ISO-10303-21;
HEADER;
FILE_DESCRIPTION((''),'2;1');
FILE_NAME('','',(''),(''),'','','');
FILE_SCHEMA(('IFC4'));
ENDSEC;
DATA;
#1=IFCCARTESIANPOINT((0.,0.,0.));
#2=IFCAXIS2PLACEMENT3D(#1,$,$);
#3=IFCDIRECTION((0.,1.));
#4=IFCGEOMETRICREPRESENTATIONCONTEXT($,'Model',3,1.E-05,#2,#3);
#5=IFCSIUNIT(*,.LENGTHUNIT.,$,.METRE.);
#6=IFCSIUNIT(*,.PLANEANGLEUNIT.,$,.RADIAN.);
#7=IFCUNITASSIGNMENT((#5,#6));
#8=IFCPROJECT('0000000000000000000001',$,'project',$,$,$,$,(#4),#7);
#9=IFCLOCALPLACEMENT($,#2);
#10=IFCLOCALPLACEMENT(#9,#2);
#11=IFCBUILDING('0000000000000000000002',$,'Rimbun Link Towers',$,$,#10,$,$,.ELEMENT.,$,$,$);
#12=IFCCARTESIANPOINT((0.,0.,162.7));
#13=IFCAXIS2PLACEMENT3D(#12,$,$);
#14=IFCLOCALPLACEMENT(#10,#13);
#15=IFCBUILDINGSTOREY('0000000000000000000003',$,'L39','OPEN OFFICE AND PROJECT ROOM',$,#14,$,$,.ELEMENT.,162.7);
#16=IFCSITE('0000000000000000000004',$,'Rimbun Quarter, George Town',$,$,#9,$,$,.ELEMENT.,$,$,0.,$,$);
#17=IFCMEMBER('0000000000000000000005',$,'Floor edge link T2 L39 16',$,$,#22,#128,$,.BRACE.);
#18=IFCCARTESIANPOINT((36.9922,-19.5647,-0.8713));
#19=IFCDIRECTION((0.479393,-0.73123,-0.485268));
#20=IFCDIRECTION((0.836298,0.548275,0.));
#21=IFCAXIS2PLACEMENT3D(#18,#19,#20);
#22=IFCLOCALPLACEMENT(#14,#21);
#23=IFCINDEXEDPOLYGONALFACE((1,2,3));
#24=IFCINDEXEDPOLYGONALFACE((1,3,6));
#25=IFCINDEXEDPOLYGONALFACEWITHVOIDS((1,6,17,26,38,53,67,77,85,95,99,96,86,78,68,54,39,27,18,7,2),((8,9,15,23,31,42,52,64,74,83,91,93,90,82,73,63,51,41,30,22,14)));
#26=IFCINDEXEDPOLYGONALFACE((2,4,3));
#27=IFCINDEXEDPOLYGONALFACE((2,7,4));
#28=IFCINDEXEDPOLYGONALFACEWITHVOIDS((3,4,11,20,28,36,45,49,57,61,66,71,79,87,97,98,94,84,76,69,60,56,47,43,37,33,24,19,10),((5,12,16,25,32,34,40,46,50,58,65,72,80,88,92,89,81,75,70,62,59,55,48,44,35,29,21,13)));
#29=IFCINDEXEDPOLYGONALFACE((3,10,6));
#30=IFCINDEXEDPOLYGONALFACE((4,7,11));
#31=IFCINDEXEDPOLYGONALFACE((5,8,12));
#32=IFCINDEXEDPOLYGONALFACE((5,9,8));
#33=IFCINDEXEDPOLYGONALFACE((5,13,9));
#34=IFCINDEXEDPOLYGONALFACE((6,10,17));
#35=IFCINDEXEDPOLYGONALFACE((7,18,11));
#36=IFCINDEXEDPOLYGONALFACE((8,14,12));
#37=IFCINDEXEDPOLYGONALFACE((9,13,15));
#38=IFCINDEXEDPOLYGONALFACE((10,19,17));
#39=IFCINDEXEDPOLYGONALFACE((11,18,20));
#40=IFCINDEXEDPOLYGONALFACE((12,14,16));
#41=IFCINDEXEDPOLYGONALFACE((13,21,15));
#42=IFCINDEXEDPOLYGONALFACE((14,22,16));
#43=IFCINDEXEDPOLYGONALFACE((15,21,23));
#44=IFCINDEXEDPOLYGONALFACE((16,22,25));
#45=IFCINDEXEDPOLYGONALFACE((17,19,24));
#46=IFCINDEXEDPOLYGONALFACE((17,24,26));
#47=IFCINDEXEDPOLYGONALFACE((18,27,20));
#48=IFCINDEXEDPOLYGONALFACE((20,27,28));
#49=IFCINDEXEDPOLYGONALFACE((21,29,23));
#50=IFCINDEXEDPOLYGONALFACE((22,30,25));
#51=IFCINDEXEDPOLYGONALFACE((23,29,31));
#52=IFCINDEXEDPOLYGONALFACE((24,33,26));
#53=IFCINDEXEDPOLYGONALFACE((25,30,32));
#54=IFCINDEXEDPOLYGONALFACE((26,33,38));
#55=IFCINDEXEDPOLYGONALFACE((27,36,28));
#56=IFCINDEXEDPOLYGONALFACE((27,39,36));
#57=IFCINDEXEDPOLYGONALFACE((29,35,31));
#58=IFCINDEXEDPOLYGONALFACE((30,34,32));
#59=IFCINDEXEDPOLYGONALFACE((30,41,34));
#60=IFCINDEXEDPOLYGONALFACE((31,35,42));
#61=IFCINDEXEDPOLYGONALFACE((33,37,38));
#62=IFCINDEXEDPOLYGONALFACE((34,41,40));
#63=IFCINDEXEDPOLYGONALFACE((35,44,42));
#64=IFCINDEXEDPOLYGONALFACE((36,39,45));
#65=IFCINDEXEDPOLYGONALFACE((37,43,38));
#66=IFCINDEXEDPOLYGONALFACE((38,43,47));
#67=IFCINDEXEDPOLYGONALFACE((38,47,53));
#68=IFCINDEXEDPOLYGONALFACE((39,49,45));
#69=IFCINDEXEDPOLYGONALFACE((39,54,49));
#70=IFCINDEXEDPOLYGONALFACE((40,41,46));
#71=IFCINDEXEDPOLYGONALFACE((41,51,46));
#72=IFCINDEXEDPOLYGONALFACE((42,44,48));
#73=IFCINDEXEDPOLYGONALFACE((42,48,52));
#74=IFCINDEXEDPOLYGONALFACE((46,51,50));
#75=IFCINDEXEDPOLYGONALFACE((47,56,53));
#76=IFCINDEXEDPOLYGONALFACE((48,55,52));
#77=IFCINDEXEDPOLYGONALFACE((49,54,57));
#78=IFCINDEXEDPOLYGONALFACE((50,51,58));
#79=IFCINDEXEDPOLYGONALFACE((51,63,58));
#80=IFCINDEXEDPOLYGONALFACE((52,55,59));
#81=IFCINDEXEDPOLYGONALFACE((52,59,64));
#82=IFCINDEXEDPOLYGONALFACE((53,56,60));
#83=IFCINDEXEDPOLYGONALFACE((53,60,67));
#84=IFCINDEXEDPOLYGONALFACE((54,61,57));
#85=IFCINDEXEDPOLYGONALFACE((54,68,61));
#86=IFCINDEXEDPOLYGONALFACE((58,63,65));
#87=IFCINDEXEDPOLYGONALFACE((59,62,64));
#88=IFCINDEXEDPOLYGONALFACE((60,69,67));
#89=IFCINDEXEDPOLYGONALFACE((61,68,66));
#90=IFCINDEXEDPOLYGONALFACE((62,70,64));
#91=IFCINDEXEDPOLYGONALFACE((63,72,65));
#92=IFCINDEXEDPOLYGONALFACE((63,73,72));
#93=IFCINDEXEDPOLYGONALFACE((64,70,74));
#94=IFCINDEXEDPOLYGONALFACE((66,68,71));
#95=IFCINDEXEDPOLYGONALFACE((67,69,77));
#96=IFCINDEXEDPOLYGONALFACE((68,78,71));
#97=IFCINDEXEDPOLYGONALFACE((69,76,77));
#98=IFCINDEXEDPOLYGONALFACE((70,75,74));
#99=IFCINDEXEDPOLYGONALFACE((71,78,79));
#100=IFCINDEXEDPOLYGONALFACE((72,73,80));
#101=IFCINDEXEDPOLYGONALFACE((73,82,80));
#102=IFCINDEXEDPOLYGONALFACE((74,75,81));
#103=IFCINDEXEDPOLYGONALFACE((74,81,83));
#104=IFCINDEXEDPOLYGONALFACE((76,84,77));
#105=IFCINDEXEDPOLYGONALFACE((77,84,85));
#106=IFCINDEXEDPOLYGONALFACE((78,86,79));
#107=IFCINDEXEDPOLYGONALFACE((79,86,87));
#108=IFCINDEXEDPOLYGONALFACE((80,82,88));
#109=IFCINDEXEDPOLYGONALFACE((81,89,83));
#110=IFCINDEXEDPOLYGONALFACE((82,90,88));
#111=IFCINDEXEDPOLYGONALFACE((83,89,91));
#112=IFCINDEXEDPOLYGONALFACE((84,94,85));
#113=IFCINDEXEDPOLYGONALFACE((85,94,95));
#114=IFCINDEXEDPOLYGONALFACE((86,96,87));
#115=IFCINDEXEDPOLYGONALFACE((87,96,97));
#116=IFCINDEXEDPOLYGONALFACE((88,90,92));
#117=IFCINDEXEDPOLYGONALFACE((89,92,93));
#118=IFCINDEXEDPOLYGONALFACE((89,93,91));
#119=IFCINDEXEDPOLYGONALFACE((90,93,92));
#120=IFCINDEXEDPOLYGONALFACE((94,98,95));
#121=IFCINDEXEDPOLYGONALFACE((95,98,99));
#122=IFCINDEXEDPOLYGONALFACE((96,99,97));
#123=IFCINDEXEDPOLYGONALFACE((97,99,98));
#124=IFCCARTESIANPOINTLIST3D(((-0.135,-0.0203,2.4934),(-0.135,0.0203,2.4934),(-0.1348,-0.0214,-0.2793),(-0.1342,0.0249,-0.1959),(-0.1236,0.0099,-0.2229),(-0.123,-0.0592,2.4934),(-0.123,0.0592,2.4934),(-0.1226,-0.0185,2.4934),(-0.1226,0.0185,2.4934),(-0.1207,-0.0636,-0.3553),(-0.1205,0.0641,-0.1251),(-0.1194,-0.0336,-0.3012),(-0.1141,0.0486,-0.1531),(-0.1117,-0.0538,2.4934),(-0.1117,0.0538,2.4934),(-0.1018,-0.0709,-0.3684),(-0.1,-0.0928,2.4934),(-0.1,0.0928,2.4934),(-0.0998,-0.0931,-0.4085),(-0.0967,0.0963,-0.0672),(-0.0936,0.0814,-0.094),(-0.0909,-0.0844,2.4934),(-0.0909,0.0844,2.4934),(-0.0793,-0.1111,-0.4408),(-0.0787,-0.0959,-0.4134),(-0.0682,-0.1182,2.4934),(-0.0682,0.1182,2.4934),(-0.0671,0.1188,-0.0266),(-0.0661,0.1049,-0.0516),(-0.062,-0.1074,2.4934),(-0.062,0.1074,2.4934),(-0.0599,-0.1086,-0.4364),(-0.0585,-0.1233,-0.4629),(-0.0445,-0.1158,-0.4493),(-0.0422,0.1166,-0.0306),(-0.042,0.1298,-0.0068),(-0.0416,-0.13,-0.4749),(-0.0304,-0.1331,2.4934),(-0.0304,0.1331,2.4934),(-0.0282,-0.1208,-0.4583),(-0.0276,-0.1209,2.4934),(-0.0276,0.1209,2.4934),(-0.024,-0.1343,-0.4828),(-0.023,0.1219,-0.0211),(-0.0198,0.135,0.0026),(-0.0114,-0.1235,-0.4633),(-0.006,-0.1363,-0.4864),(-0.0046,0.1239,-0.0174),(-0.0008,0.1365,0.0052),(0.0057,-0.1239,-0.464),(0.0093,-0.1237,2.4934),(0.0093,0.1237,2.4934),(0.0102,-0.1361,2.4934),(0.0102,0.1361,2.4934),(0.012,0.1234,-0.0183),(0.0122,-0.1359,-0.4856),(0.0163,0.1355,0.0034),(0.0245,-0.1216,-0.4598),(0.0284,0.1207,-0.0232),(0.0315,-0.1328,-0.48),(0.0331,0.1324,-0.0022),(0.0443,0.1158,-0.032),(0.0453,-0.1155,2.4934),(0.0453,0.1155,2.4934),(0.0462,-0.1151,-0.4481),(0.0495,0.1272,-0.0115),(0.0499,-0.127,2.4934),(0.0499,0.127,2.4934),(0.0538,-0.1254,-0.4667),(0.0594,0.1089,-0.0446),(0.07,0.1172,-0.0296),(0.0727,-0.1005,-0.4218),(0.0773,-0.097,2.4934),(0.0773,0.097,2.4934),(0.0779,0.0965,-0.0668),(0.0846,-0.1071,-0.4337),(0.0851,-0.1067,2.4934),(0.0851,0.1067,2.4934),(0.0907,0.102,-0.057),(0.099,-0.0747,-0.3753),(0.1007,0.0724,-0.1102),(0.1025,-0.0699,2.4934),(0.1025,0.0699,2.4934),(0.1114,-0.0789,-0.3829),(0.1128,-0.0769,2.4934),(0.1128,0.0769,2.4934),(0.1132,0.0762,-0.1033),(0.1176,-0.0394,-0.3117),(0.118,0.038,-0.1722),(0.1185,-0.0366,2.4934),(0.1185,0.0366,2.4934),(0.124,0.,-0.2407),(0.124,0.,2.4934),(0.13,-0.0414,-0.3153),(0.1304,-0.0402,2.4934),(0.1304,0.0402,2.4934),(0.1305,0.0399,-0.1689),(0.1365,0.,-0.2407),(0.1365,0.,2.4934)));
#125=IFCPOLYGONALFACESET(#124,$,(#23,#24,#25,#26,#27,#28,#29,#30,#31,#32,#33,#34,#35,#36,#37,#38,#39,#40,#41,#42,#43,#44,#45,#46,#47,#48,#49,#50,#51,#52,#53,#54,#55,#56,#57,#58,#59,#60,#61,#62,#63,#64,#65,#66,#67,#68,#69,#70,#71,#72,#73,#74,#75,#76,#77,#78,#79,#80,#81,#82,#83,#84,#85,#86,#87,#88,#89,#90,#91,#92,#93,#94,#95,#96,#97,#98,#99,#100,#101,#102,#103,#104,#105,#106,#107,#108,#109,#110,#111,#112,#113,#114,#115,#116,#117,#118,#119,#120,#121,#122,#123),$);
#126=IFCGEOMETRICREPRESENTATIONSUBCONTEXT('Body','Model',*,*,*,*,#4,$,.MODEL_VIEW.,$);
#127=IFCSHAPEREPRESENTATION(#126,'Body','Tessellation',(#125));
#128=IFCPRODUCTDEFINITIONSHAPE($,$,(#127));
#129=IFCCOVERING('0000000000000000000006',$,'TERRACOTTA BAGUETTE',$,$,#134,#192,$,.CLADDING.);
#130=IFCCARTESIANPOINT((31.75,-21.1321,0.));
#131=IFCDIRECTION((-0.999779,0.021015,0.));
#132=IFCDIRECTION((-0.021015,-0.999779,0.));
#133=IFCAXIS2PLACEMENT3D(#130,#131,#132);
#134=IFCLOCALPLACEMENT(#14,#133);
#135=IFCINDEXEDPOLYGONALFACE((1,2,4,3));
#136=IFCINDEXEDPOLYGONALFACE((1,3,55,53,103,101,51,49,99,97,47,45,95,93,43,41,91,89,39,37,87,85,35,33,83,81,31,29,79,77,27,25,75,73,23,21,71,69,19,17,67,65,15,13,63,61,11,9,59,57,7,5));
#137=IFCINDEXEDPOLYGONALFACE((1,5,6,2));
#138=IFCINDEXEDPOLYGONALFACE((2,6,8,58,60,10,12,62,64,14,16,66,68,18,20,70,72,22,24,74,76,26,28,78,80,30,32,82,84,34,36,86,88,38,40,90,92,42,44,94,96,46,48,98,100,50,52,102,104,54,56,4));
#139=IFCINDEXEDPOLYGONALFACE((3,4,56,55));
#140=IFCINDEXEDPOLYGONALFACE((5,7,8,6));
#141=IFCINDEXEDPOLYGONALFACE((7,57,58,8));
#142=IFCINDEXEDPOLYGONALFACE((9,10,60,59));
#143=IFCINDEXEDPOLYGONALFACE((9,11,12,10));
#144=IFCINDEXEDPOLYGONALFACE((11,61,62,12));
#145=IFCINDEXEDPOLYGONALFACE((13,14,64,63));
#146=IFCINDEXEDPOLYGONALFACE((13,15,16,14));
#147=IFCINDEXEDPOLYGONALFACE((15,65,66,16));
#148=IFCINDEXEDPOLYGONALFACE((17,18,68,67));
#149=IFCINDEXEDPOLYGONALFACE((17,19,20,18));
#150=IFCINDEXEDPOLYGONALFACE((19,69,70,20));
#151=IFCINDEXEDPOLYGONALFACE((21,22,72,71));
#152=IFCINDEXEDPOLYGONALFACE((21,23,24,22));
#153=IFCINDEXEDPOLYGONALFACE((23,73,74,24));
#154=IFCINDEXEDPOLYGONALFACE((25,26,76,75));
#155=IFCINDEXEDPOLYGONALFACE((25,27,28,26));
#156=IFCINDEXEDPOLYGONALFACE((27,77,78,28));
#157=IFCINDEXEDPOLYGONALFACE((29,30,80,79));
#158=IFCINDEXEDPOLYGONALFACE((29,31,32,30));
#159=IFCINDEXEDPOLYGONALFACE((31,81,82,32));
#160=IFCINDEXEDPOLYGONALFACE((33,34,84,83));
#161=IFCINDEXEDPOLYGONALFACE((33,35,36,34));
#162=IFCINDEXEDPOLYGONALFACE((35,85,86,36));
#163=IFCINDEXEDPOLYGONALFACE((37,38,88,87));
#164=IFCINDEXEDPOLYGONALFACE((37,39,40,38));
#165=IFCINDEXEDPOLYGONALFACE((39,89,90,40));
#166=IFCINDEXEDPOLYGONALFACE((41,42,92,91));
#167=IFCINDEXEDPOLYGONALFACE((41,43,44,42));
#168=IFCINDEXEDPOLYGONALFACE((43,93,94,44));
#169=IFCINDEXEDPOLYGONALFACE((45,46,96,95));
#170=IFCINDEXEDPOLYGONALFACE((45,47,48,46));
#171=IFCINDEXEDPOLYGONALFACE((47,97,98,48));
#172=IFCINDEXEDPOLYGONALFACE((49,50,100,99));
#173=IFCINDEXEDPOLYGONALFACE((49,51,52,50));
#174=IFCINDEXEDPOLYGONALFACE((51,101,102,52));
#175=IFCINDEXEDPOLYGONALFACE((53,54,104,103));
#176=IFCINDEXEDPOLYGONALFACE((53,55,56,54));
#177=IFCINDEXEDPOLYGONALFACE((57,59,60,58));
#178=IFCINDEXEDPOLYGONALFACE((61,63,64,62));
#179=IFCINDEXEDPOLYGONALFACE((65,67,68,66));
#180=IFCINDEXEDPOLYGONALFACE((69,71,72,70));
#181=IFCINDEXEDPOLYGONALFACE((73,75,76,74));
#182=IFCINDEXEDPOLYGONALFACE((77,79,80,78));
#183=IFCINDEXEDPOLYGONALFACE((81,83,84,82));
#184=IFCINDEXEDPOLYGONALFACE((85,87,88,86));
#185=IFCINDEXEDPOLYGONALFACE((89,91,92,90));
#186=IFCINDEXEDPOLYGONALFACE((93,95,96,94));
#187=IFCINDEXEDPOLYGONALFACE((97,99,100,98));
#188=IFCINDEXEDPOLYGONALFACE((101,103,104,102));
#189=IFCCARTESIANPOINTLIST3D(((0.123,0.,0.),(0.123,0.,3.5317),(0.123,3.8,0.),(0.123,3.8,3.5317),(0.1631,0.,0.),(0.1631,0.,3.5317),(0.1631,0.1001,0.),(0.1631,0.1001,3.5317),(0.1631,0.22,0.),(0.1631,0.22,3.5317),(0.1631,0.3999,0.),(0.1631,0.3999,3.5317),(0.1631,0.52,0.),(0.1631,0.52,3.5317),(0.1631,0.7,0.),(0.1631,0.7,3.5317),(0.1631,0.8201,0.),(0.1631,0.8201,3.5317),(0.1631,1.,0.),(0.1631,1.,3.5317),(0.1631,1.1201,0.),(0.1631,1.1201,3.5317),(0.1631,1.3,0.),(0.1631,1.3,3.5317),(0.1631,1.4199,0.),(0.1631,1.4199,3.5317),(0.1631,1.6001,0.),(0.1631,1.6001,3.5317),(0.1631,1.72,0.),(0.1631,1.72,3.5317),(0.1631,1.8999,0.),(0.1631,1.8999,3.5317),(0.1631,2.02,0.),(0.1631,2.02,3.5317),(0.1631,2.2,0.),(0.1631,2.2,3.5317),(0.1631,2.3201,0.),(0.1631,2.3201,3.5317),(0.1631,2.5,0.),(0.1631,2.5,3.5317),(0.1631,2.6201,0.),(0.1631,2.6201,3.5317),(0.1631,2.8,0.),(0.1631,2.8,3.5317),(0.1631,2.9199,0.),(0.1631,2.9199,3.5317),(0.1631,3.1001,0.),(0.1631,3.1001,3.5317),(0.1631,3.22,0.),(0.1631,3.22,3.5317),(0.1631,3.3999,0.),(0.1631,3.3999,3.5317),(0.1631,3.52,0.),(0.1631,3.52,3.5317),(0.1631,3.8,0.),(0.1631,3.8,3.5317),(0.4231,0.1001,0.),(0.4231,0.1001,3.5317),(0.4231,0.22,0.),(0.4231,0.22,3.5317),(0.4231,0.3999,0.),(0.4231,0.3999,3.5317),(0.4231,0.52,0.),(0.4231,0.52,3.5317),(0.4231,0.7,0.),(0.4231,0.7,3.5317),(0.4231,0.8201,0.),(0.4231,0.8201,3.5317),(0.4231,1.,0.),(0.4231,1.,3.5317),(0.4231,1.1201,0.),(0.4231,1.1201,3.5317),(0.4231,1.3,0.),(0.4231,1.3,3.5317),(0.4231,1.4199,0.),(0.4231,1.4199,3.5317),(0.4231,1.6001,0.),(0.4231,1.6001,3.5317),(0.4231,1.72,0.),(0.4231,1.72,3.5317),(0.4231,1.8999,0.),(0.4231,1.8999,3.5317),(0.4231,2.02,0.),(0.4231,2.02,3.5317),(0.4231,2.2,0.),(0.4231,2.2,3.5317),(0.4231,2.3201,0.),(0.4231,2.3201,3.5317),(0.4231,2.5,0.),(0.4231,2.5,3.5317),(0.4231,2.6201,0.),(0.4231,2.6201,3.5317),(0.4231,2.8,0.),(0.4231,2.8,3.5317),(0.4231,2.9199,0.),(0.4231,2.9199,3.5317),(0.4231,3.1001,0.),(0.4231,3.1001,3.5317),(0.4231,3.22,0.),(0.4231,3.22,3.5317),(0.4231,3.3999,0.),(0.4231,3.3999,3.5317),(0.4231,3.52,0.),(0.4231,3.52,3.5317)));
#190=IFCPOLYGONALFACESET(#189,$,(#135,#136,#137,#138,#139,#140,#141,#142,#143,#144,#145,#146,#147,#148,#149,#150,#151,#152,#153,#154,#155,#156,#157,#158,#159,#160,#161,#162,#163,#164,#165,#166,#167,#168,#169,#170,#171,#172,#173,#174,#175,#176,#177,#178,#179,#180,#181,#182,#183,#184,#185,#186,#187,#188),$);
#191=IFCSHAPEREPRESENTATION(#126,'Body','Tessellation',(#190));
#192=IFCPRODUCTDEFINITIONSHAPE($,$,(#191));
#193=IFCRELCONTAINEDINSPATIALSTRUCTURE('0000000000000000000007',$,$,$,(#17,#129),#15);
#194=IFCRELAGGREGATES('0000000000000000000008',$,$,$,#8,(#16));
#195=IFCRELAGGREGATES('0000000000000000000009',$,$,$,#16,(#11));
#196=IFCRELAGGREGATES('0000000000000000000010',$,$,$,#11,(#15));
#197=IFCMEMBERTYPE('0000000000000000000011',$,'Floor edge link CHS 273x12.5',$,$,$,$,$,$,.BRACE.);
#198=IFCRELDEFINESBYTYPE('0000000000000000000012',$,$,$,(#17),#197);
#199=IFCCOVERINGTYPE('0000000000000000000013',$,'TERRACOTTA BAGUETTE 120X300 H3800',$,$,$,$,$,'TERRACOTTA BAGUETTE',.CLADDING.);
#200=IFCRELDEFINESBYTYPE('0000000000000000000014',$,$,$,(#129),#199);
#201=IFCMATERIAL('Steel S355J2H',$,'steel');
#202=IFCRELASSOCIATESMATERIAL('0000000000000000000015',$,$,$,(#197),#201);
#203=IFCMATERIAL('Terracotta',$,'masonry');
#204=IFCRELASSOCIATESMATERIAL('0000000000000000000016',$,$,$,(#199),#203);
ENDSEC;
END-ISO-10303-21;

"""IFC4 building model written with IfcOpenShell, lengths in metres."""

from ifc_helpers import new_model, si_unit, direction, frame, origin, origin_2d, place, context, subcontext, project, spatial, polyline, hollow_circle, outline, extrude, clip, halfspace, material, material_profile, profile_set, type_object, element, save


model = new_model("IFC4")

# Units and contexts
model_context = context("Model", 3, precision=1e-05, world=origin(), true_north=direction((0.0, 1.0)))
body_context = subcontext(model_context, "Body", "Model", "MODEL_VIEW")
ifc_project = project(units=[si_unit("LENGTHUNIT", "METRE"), si_unit("PLANEANGLEUNIT", "RADIAN")], contexts=[model_context])

# Site, building, storey
site_placement = place(None, origin())
site = spatial("IfcSite", under=ifc_project, at=site_placement, Name="Rimbun Quarter, George Town", CompositionType="ELEMENT", RefElevation=0.0)
building_placement = place(site_placement, origin())
building = spatial("IfcBuilding", under=site, at=building_placement, Name="Rimbun Link Towers", CompositionType="ELEMENT")
storey_placement = place(building_placement, frame((0.0, 0.0, 162.7)))
storey = spatial("IfcBuildingStorey", under=building, at=storey_placement, Name="L39", Description="OPEN OFFICE AND PROJECT ROOM", CompositionType="ELEMENT", Elevation=162.7)

# Member
ifc_material_1 = material(Name="Steel S355J2H", Category="steel")
ifc_material_profile_1 = material_profile(ifc_material_1, hollow_circle(Radius=0.1365, WallThickness=0.0125, at=origin_2d()), Name="CHS 273x12.5")
ifc_profile_set_1 = profile_set([ifc_material_profile_1], Name="Steel S355J2H")
member_type_1 = type_object("IfcMemberType", Name="Floor edge link CHS 273x12.5", PredefinedType="BRACE", material=ifc_profile_set_1)
member_1_placement = place(storey_placement, frame((36.9922, -19.5647, -0.8713), z_axis=(0.479393, -0.73123, -0.485268), x_axis=(0.836298, 0.548275, 0.0)))
element("IfcMember", 1, at=member_1_placement, inside=storey, type_object=member_type_1, Name="Floor edge link T2 L39 16", PredefinedType="BRACE", context=body_context, shape_type="Clipping", body=[
    clip(extrude(hollow_circle(Radius=0.1365, WallThickness=0.0125, at=origin_2d()), frame((0.0, 0.0, -0.5125)), (0.0, 0.0, 1.0), 3.0059), halfspace(frame((0.0, 0.0, -0.2407), z_axis=(0.0, 0.874366, -0.485268)), False)),
])

# Covering
ifc_material_2 = material(Name="Terracotta", Category="masonry")
ifc_material_profile_2 = material_profile(ifc_material_2, outline(polyline([(0.123, 0.0), (0.1631, 0.0), (0.1631, 0.1001), (0.4231, 0.1001), (0.4231, 0.22), (0.1631, 0.22), (0.1631, 0.3999), (0.4231, 0.3999), (0.4231, 0.52), (0.1631, 0.52), (0.1631, 0.7), (0.4231, 0.7), (0.4231, 0.8201), (0.1631, 0.8201), (0.1631, 1.0), (0.4231, 1.0), (0.4231, 1.1201), (0.1631, 1.1201), (0.1631, 1.3), (0.4231, 1.3), (0.4231, 1.4199), (0.1631, 1.4199), (0.1631, 1.6001), (0.4231, 1.6001), (0.4231, 1.72), (0.1631, 1.72), (0.1631, 1.8999), (0.4231, 1.8999), (0.4231, 2.02), (0.1631, 2.02), (0.1631, 2.2), (0.4231, 2.2), (0.4231, 2.3201), (0.1631, 2.3201), (0.1631, 2.5), (0.4231, 2.5), (0.4231, 2.6201), (0.1631, 2.6201), (0.1631, 2.8), (0.4231, 2.8), (0.4231, 2.9199), (0.1631, 2.9199), (0.1631, 3.1001), (0.4231, 3.1001), (0.4231, 3.22), (0.1631, 3.22), (0.1631, 3.3999), (0.4231, 3.3999), (0.4231, 3.52), (0.1631, 3.52), (0.1631, 3.8), (0.123, 3.8), (0.123, 0.0)])), Name="BAGUETTE 120X300")
ifc_profile_set_2 = profile_set([ifc_material_profile_2], Name="Terracotta")
covering_type = type_object("IfcCoveringType", Name="TERRACOTTA BAGUETTE 120X300 H3800", ElementType="TERRACOTTA BAGUETTE", PredefinedType="CLADDING", material=ifc_profile_set_2)
covering_1_placement = place(storey_placement, frame((31.75, -21.1321, 0.0), z_axis=(-0.999779, 0.021015, 0.0), x_axis=(-0.021015, -0.999779, 0.0)))
element("IfcCovering", 2, at=covering_1_placement, inside=storey, type_object=covering_type, Name="TERRACOTTA BAGUETTE", PredefinedType="CLADDING", context=body_context, shape_type="SweptSolid", body=[
    extrude(outline(polyline([(0.123, 0.0), (0.1631, 0.0), (0.1631, 0.1001), (0.4231, 0.1001), (0.4231, 0.22), (0.1631, 0.22), (0.1631, 0.3999), (0.4231, 0.3999), (0.4231, 0.52), (0.1631, 0.52), (0.1631, 0.7), (0.4231, 0.7), (0.4231, 0.8201), (0.1631, 0.8201), (0.1631, 1.0), (0.4231, 1.0), (0.4231, 1.1201), (0.1631, 1.1201), (0.1631, 1.3), (0.4231, 1.3), (0.4231, 1.4199), (0.1631, 1.4199), (0.1631, 1.6001), (0.4231, 1.6001), (0.4231, 1.72), (0.1631, 1.72), (0.1631, 1.8999), (0.4231, 1.8999), (0.4231, 2.02), (0.1631, 2.02), (0.1631, 2.2), (0.4231, 2.2), (0.4231, 2.3201), (0.1631, 2.3201), (0.1631, 2.5), (0.4231, 2.5), (0.4231, 2.6201), (0.1631, 2.6201), (0.1631, 2.8), (0.4231, 2.8), (0.4231, 2.9199), (0.1631, 2.9199), (0.1631, 3.1001), (0.4231, 3.1001), (0.4231, 3.22), (0.1631, 3.22), (0.1631, 3.3999), (0.4231, 3.3999), (0.4231, 3.52), (0.1631, 3.52), (0.1631, 3.8), (0.123, 3.8), (0.123, 0.0)])), origin(), (0.0, 0.0, 1.0), 3.5317),
])

save(model, "model.ifc")
